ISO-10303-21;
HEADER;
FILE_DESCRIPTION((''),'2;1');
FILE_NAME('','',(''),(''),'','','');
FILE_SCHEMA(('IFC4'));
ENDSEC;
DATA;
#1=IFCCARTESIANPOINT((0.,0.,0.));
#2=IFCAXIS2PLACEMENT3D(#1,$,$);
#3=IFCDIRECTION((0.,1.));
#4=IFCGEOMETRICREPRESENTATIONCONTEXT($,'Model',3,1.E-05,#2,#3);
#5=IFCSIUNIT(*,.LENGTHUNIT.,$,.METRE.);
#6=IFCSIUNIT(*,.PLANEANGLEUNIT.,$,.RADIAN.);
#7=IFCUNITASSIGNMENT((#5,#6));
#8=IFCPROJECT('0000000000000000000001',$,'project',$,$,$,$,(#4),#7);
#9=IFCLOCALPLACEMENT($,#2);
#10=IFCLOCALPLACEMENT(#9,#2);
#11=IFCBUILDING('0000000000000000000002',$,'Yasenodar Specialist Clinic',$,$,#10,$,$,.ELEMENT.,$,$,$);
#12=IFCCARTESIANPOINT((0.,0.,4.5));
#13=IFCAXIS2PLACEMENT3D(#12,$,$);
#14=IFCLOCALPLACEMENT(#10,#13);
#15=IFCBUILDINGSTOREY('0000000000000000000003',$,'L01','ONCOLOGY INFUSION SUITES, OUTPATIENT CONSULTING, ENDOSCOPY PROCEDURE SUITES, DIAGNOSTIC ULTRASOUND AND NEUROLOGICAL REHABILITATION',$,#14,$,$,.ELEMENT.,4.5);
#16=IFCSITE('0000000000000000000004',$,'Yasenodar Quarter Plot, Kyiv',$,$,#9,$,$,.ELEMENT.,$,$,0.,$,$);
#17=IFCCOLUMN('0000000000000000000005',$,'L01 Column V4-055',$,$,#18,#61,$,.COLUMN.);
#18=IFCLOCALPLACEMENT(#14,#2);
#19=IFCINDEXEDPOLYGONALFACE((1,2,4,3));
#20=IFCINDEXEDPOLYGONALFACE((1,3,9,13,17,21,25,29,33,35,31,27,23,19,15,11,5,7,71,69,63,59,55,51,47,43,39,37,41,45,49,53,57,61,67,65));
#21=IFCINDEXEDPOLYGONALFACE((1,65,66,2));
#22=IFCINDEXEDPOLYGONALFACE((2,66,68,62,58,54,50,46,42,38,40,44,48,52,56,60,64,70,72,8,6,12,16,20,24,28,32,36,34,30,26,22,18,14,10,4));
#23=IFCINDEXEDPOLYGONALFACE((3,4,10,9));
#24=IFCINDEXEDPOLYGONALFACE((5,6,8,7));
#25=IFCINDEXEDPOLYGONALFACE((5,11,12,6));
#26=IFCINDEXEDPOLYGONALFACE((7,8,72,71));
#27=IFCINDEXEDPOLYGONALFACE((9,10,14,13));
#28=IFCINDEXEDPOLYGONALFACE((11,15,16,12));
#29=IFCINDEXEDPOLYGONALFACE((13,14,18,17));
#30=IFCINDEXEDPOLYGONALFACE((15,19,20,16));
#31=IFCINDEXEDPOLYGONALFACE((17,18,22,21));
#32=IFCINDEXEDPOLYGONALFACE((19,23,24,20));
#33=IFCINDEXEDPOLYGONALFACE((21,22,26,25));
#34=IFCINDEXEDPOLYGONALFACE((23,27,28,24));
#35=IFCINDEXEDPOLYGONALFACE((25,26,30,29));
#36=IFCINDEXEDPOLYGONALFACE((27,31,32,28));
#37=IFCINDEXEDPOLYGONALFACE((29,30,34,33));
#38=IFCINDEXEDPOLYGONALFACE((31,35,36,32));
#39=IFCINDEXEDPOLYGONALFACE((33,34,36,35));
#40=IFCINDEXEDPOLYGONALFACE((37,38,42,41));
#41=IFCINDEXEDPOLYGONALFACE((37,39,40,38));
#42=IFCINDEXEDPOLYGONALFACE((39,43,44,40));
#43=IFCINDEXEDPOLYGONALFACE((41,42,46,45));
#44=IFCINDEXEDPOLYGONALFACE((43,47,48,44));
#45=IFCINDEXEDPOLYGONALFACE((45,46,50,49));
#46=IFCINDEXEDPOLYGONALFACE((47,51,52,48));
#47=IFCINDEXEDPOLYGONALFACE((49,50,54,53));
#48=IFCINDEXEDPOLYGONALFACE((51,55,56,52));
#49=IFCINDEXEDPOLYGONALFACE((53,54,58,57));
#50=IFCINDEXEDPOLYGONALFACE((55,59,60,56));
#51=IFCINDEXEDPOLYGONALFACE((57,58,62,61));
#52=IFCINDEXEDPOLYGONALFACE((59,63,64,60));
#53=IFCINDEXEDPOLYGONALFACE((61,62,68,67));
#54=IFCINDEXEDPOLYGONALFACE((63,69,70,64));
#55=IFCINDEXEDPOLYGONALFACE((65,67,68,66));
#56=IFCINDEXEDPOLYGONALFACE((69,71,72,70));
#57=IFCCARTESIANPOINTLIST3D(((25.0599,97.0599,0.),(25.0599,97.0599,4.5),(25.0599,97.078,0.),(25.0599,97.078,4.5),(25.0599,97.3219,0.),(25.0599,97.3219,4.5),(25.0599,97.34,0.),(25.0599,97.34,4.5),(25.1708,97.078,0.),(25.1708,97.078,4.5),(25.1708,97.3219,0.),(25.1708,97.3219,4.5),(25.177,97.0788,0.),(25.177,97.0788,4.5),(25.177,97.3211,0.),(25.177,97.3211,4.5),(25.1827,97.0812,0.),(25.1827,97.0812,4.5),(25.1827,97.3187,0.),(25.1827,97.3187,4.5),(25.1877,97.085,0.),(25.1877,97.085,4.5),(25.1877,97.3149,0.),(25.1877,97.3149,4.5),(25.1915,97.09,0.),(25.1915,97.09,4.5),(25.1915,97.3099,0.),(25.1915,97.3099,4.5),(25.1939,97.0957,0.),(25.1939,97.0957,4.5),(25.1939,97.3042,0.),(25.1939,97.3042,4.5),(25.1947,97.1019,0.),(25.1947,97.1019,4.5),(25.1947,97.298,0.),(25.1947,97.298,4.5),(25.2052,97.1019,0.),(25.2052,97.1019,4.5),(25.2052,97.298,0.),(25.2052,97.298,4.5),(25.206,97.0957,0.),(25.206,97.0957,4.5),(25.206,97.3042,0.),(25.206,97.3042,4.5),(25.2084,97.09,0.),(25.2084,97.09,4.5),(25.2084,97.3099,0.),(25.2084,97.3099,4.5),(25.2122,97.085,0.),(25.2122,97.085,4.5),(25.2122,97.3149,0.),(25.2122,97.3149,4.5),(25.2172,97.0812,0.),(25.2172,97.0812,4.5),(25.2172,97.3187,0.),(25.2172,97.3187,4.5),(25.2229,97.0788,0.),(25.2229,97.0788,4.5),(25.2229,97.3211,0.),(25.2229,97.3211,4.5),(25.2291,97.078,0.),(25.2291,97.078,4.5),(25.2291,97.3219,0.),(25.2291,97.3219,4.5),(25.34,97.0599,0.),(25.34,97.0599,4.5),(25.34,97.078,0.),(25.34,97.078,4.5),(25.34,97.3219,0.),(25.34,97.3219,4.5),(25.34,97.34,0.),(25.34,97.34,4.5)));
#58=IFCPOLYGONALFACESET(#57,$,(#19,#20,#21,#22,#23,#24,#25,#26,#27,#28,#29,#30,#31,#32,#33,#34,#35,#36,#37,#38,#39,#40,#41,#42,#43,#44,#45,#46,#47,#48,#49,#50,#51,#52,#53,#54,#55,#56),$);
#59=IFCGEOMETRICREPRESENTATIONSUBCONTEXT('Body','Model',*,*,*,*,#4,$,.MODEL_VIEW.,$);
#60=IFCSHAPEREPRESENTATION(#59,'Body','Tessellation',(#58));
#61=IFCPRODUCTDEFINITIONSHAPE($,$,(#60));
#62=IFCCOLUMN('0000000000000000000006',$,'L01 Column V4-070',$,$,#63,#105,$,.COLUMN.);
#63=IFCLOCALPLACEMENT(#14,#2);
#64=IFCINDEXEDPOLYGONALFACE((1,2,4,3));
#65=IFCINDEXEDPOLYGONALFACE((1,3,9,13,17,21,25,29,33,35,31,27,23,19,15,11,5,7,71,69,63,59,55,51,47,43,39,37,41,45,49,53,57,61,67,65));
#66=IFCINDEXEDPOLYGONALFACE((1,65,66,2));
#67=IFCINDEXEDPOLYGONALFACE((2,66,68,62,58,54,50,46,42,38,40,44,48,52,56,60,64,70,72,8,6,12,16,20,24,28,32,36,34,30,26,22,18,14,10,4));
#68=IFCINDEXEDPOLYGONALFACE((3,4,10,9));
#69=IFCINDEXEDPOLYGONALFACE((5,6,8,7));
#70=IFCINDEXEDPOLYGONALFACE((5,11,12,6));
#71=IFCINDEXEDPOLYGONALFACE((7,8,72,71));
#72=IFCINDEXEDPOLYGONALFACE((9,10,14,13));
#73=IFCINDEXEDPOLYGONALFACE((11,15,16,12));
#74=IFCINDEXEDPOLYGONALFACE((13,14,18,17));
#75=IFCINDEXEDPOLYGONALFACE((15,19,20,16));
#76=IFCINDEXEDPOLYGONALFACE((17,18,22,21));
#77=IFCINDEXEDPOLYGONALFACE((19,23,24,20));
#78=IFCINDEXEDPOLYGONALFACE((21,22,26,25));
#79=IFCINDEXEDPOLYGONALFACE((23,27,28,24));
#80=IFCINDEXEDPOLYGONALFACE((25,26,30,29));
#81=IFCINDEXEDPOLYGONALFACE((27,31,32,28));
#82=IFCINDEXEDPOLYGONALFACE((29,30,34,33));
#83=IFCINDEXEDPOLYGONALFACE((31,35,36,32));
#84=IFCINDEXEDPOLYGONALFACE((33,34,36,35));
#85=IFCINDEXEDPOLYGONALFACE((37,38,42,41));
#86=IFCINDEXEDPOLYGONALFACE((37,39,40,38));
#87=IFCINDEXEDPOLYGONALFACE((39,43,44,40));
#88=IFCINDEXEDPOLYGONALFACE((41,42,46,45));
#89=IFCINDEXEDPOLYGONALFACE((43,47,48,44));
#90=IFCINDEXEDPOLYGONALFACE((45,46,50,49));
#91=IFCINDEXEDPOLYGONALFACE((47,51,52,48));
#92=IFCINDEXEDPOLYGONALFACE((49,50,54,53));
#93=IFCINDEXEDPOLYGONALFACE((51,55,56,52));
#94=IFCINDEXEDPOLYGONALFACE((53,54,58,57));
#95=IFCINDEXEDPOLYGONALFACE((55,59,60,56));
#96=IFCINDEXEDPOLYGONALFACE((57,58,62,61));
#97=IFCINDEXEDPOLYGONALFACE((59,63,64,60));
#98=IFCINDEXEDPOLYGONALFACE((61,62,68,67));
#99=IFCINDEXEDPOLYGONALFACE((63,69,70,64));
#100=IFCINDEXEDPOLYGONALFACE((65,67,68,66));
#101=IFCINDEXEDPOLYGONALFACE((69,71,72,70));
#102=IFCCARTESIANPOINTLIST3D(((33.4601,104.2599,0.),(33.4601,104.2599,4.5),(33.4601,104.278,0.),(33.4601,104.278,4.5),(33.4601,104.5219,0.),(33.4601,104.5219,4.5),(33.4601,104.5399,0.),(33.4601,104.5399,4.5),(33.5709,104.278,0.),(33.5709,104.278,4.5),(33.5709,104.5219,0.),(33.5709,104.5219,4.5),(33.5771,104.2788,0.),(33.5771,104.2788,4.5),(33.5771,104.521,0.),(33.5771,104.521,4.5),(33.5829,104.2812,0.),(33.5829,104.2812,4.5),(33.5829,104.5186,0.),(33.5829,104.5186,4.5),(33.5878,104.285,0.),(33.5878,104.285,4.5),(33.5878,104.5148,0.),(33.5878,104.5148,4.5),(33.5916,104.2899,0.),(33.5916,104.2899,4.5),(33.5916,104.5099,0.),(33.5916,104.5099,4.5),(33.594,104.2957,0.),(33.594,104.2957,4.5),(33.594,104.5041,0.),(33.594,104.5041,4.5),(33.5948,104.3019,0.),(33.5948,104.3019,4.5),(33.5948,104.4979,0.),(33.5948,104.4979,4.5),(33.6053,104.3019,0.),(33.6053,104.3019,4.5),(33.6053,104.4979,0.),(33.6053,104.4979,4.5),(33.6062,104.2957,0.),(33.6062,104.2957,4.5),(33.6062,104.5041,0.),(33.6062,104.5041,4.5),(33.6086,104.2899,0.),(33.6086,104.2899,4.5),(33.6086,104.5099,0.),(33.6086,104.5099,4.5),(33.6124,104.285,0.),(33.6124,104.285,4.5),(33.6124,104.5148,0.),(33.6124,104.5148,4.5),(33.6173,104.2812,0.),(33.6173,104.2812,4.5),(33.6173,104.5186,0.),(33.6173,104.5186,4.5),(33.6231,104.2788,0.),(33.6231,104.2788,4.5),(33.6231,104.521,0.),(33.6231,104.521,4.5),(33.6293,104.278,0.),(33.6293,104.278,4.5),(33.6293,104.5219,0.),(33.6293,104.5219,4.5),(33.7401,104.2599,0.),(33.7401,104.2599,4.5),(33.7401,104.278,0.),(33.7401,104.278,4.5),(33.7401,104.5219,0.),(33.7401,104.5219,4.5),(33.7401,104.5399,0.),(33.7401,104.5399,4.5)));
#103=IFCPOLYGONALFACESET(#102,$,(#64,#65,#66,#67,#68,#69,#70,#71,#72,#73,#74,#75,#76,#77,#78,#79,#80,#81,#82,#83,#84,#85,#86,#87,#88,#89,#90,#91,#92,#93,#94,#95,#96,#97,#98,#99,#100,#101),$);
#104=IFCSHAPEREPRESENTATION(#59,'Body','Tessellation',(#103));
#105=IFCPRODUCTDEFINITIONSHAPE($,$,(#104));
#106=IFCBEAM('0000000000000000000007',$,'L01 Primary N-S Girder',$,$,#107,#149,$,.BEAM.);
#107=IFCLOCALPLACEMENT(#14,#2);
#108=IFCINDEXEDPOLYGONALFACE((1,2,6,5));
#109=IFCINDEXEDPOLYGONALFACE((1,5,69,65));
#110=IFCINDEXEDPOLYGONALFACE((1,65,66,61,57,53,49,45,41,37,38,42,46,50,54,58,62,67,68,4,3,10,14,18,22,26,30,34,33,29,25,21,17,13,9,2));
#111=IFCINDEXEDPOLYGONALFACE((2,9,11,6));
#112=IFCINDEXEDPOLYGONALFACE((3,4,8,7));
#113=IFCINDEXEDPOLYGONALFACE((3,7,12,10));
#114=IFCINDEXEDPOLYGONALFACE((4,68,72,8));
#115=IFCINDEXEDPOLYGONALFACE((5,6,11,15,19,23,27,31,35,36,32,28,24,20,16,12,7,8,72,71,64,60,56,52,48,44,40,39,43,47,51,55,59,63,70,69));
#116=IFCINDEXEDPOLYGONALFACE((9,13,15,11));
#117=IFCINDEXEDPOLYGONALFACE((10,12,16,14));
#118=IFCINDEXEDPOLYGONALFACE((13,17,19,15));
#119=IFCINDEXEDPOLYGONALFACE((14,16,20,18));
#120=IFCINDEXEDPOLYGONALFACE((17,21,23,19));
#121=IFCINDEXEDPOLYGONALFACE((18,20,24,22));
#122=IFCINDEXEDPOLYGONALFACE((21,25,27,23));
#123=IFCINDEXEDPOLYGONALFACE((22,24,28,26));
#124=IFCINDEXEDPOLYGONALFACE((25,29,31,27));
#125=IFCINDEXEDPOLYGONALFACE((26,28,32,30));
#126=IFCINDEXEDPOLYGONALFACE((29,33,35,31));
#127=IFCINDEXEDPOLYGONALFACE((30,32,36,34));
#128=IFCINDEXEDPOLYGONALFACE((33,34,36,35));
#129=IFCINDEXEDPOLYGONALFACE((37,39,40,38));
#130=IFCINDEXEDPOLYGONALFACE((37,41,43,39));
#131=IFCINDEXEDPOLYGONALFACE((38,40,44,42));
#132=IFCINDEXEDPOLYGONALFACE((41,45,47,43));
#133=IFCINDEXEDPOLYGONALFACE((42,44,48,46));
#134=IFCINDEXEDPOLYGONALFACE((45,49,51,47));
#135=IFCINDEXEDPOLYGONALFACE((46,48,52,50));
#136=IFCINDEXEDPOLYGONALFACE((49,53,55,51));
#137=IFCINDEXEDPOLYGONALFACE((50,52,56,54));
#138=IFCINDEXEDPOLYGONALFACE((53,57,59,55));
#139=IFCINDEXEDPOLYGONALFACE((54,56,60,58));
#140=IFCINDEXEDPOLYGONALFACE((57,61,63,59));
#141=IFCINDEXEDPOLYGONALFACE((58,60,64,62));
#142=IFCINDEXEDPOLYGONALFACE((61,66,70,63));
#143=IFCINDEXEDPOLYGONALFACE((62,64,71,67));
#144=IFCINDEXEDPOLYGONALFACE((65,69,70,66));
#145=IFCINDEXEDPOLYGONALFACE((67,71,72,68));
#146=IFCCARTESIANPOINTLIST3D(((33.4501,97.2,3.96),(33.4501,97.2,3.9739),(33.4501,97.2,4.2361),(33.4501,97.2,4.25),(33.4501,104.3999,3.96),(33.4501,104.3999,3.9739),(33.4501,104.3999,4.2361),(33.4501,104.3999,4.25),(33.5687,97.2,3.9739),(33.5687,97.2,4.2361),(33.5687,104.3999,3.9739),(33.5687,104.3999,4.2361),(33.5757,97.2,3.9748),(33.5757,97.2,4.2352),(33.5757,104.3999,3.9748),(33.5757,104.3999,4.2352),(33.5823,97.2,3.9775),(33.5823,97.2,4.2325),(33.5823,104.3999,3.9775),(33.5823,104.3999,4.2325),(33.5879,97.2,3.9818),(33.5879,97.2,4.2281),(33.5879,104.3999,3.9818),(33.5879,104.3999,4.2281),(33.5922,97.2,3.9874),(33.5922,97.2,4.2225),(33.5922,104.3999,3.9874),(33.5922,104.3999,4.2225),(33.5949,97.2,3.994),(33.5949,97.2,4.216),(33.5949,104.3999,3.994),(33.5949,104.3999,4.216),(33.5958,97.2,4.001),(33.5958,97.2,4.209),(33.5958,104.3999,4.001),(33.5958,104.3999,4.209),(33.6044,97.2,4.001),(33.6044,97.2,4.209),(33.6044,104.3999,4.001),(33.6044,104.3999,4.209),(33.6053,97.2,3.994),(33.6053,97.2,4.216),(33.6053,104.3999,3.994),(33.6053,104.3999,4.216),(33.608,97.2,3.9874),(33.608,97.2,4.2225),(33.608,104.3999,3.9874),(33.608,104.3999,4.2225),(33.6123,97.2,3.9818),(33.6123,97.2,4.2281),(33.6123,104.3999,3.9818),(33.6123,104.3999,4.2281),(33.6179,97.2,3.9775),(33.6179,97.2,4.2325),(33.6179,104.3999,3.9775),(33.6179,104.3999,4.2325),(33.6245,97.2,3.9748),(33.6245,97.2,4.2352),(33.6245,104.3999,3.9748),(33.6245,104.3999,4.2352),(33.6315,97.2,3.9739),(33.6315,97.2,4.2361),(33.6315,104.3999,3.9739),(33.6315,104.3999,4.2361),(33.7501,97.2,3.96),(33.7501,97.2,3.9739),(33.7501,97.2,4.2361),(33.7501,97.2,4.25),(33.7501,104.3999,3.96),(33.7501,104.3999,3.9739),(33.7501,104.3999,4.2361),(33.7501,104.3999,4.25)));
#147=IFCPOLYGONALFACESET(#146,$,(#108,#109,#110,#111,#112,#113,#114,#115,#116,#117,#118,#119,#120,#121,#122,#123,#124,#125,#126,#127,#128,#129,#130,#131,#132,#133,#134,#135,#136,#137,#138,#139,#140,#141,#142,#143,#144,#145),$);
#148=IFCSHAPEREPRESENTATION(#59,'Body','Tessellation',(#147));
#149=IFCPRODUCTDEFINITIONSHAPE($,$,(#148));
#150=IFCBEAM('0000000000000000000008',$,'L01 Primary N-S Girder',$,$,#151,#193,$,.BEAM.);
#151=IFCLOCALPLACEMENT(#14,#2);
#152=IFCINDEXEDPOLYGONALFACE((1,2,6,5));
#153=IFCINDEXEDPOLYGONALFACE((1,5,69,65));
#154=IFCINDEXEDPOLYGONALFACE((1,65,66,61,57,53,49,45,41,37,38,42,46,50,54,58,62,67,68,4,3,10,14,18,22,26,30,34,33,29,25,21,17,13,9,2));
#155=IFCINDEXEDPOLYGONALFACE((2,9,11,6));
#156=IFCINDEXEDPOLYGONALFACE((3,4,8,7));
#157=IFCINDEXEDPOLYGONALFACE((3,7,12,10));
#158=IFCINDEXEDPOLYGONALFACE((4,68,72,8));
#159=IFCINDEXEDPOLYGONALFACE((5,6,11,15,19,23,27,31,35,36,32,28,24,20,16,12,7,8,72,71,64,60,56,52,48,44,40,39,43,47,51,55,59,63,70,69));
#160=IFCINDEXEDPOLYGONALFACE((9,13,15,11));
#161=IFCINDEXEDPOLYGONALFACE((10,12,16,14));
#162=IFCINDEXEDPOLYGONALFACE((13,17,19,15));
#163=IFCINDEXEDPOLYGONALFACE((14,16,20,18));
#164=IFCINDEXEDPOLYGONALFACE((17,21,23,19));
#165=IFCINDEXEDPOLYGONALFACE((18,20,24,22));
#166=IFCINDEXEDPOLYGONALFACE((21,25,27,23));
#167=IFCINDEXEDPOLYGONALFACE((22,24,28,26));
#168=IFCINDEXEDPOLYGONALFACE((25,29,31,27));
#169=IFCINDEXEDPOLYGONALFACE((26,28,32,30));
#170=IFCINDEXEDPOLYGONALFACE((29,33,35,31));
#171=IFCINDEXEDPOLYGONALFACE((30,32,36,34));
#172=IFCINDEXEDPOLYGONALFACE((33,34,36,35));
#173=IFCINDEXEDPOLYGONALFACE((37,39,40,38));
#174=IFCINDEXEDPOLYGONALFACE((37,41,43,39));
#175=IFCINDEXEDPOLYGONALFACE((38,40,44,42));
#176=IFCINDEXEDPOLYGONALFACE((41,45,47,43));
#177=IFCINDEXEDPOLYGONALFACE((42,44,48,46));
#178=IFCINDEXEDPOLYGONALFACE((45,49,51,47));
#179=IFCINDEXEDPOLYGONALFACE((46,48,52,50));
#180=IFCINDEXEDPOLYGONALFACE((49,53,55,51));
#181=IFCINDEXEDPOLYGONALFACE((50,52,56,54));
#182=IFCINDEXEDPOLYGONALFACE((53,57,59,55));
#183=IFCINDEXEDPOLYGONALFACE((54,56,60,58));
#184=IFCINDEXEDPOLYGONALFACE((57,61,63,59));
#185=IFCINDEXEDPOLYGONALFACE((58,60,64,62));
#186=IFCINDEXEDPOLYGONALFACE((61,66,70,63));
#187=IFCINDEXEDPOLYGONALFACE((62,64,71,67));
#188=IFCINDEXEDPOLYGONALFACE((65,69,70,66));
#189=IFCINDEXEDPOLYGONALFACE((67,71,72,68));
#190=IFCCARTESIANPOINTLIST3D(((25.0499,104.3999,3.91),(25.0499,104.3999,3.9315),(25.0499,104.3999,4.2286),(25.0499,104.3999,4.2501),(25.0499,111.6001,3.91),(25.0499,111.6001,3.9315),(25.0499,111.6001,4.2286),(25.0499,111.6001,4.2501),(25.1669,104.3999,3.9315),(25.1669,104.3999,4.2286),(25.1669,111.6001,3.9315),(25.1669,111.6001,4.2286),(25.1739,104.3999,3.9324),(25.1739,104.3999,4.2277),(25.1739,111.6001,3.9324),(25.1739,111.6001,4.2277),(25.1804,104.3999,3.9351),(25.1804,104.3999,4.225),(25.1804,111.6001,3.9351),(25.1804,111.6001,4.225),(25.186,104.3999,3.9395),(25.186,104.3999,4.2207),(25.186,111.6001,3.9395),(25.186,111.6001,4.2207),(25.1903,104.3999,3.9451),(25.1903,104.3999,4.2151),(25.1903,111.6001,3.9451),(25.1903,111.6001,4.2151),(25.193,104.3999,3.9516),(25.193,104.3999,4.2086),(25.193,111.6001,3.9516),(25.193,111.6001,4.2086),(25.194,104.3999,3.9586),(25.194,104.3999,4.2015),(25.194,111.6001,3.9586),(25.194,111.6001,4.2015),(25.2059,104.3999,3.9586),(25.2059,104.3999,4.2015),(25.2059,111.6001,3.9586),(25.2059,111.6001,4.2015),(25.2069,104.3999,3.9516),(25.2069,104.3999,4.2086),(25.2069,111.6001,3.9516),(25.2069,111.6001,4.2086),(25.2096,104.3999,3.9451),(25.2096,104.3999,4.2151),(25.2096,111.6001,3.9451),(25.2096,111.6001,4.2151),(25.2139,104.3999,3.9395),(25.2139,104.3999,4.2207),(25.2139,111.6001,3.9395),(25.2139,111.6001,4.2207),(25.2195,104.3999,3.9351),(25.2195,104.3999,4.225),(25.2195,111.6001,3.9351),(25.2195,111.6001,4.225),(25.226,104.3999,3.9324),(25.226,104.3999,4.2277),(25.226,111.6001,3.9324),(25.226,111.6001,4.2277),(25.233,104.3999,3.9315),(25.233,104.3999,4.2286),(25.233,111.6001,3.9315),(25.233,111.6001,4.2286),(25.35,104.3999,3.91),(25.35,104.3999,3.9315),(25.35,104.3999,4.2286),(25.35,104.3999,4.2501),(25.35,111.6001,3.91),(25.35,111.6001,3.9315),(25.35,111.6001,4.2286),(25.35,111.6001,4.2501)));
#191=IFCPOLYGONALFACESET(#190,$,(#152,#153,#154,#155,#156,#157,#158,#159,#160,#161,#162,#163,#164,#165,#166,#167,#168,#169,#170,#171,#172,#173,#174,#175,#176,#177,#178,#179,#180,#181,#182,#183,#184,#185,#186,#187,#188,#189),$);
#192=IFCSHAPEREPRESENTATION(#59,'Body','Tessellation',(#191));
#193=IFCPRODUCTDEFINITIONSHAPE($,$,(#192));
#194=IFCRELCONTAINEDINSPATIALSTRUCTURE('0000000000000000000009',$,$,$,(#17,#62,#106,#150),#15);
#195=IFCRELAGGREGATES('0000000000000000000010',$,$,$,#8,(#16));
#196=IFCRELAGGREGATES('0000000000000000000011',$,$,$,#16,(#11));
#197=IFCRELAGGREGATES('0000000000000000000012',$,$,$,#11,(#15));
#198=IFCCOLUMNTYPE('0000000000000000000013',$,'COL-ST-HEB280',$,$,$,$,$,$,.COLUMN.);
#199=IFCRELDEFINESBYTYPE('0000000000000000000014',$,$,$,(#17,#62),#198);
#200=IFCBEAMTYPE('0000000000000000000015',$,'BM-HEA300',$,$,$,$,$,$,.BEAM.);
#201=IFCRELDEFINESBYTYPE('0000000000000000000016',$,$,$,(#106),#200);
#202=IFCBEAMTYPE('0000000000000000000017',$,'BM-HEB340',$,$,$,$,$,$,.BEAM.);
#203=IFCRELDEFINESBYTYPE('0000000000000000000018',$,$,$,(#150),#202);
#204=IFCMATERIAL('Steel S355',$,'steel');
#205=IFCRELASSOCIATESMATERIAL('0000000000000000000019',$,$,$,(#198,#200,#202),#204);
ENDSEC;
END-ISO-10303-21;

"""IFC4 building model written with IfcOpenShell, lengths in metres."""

from ifc_helpers import new_model, si_unit, direction, frame, origin, origin_2d, place, context, subcontext, project, spatial, i_section, extrude, material, material_profile, profile_set, type_object, element, save


model = new_model("IFC4")

# Units and contexts
model_context = context("Model", 3, precision=1e-05, world=origin(), true_north=direction((0.0, 1.0)))
body_context = subcontext(model_context, "Body", "Model", "MODEL_VIEW")
ifc_project = project(units=[si_unit("LENGTHUNIT", "METRE"), si_unit("PLANEANGLEUNIT", "RADIAN")], contexts=[model_context])

# Site, building, storey
site_placement = place(None, origin())
site = spatial("IfcSite", under=ifc_project, at=site_placement, Name="Yasenodar Quarter Plot, Kyiv", CompositionType="ELEMENT", RefElevation=0.0)
building_placement = place(site_placement, origin())
building = spatial("IfcBuilding", under=site, at=building_placement, Name="Yasenodar Specialist Clinic", CompositionType="ELEMENT")
storey_placement = place(building_placement, frame((0.0, 0.0, 4.5)))
storey = spatial("IfcBuildingStorey", under=building, at=storey_placement, Name="L01", Description="ONCOLOGY INFUSION SUITES, OUTPATIENT CONSULTING, ENDOSCOPY PROCEDURE SUITES, DIAGNOSTIC ULTRASOUND AND NEUROLOGICAL REHABILITATION", CompositionType="ELEMENT", Elevation=4.5)

# Columns
ifc_material_1 = material(Name="Steel S355", Category="steel")
ifc_material_profile_1 = material_profile(ifc_material_1, i_section(OverallWidth=0.28, OverallDepth=0.28, WebThickness=0.0105, FlangeThickness=0.0181, FilletRadius=0.0239, at=origin_2d()), Name="HEB 280")
ifc_profile_set_1 = profile_set([ifc_material_profile_1], Name="Steel S355")
column_type_1 = type_object("IfcColumnType", Name="COL-ST-HEB280", PredefinedType="COLUMN", material=ifc_profile_set_1)
for number, where, z_axis, x_axis, name in (
    (1, (25.2, 97.2, 0.0), (0.0, 0.0, 1.0), (1.0, 0.0, 0.0), "L01 Column V4-055"),
    (2, (33.6001, 104.3999, 0.0), (0.0, 0.0, 1.0), (1.0, 0.0, 0.0), "L01 Column V4-070"),
):
    element("IfcColumn", number, at=place(storey_placement, frame(where, z_axis=z_axis, x_axis=x_axis)), inside=storey, type_object=column_type_1, Name=name, PredefinedType="COLUMN", context=body_context, shape_type="SweptSolid", body=[
        extrude(i_section(OverallWidth=0.28, OverallDepth=0.28, WebThickness=0.0105, FlangeThickness=0.0181, FilletRadius=0.0239, at=origin_2d()), origin(), (0.0, 0.0, 1.0), 4.5),
    ])

# Beams
ifc_material_profile_2 = material_profile(ifc_material_1, i_section(OverallWidth=0.3, OverallDepth=0.29, WebThickness=0.0085, FlangeThickness=0.0139, FilletRadius=0.0271, at=origin_2d()), Name="HEA 300")
ifc_profile_set_2 = profile_set([ifc_material_profile_2], Name="Steel S355")
beam_type_1 = type_object("IfcBeamType", Name="BM-HEA300", PredefinedType="BEAM", material=ifc_profile_set_2)
beam_1_placement = place(storey_placement, frame((33.6001, 97.2, 4.105), z_axis=(0.0, 1.0, 0.0), x_axis=(-1.0, 0.0, 0.0)))
element("IfcBeam", 3, at=beam_1_placement, inside=storey, type_object=beam_type_1, Name="L01 Primary N-S Girder", PredefinedType="BEAM", context=body_context, shape_type="SweptSolid", body=[
    extrude(i_section(OverallWidth=0.3, OverallDepth=0.29, WebThickness=0.0085, FlangeThickness=0.0139, FilletRadius=0.0271, at=origin_2d()), origin(), (0.0, 0.0, 1.0), 7.2),
])
ifc_material_profile_3 = material_profile(ifc_material_1, i_section(OverallWidth=0.3, OverallDepth=0.3401, WebThickness=0.012, FlangeThickness=0.0215, FilletRadius=0.0271, at=origin_2d()), Name="HEB 340")
ifc_profile_set_3 = profile_set([ifc_material_profile_3], Name="Steel S355")
beam_type_2 = type_object("IfcBeamType", Name="BM-HEB340", PredefinedType="BEAM", material=ifc_profile_set_3)
beam_2_placement = place(storey_placement, frame((25.2, 104.3999, 4.0801), z_axis=(0.0, 1.0, 0.0), x_axis=(-1.0, 0.0, 0.0)))
element("IfcBeam", 4, at=beam_2_placement, inside=storey, type_object=beam_type_2, Name="L01 Primary N-S Girder", PredefinedType="BEAM", context=body_context, shape_type="SweptSolid", body=[
    extrude(i_section(OverallWidth=0.3, OverallDepth=0.3401, WebThickness=0.012, FlangeThickness=0.0215, FilletRadius=0.0271, at=origin_2d()), origin(), (0.0, 0.0, 1.0), 7.2002),
])

save(model, "model.ifc")
